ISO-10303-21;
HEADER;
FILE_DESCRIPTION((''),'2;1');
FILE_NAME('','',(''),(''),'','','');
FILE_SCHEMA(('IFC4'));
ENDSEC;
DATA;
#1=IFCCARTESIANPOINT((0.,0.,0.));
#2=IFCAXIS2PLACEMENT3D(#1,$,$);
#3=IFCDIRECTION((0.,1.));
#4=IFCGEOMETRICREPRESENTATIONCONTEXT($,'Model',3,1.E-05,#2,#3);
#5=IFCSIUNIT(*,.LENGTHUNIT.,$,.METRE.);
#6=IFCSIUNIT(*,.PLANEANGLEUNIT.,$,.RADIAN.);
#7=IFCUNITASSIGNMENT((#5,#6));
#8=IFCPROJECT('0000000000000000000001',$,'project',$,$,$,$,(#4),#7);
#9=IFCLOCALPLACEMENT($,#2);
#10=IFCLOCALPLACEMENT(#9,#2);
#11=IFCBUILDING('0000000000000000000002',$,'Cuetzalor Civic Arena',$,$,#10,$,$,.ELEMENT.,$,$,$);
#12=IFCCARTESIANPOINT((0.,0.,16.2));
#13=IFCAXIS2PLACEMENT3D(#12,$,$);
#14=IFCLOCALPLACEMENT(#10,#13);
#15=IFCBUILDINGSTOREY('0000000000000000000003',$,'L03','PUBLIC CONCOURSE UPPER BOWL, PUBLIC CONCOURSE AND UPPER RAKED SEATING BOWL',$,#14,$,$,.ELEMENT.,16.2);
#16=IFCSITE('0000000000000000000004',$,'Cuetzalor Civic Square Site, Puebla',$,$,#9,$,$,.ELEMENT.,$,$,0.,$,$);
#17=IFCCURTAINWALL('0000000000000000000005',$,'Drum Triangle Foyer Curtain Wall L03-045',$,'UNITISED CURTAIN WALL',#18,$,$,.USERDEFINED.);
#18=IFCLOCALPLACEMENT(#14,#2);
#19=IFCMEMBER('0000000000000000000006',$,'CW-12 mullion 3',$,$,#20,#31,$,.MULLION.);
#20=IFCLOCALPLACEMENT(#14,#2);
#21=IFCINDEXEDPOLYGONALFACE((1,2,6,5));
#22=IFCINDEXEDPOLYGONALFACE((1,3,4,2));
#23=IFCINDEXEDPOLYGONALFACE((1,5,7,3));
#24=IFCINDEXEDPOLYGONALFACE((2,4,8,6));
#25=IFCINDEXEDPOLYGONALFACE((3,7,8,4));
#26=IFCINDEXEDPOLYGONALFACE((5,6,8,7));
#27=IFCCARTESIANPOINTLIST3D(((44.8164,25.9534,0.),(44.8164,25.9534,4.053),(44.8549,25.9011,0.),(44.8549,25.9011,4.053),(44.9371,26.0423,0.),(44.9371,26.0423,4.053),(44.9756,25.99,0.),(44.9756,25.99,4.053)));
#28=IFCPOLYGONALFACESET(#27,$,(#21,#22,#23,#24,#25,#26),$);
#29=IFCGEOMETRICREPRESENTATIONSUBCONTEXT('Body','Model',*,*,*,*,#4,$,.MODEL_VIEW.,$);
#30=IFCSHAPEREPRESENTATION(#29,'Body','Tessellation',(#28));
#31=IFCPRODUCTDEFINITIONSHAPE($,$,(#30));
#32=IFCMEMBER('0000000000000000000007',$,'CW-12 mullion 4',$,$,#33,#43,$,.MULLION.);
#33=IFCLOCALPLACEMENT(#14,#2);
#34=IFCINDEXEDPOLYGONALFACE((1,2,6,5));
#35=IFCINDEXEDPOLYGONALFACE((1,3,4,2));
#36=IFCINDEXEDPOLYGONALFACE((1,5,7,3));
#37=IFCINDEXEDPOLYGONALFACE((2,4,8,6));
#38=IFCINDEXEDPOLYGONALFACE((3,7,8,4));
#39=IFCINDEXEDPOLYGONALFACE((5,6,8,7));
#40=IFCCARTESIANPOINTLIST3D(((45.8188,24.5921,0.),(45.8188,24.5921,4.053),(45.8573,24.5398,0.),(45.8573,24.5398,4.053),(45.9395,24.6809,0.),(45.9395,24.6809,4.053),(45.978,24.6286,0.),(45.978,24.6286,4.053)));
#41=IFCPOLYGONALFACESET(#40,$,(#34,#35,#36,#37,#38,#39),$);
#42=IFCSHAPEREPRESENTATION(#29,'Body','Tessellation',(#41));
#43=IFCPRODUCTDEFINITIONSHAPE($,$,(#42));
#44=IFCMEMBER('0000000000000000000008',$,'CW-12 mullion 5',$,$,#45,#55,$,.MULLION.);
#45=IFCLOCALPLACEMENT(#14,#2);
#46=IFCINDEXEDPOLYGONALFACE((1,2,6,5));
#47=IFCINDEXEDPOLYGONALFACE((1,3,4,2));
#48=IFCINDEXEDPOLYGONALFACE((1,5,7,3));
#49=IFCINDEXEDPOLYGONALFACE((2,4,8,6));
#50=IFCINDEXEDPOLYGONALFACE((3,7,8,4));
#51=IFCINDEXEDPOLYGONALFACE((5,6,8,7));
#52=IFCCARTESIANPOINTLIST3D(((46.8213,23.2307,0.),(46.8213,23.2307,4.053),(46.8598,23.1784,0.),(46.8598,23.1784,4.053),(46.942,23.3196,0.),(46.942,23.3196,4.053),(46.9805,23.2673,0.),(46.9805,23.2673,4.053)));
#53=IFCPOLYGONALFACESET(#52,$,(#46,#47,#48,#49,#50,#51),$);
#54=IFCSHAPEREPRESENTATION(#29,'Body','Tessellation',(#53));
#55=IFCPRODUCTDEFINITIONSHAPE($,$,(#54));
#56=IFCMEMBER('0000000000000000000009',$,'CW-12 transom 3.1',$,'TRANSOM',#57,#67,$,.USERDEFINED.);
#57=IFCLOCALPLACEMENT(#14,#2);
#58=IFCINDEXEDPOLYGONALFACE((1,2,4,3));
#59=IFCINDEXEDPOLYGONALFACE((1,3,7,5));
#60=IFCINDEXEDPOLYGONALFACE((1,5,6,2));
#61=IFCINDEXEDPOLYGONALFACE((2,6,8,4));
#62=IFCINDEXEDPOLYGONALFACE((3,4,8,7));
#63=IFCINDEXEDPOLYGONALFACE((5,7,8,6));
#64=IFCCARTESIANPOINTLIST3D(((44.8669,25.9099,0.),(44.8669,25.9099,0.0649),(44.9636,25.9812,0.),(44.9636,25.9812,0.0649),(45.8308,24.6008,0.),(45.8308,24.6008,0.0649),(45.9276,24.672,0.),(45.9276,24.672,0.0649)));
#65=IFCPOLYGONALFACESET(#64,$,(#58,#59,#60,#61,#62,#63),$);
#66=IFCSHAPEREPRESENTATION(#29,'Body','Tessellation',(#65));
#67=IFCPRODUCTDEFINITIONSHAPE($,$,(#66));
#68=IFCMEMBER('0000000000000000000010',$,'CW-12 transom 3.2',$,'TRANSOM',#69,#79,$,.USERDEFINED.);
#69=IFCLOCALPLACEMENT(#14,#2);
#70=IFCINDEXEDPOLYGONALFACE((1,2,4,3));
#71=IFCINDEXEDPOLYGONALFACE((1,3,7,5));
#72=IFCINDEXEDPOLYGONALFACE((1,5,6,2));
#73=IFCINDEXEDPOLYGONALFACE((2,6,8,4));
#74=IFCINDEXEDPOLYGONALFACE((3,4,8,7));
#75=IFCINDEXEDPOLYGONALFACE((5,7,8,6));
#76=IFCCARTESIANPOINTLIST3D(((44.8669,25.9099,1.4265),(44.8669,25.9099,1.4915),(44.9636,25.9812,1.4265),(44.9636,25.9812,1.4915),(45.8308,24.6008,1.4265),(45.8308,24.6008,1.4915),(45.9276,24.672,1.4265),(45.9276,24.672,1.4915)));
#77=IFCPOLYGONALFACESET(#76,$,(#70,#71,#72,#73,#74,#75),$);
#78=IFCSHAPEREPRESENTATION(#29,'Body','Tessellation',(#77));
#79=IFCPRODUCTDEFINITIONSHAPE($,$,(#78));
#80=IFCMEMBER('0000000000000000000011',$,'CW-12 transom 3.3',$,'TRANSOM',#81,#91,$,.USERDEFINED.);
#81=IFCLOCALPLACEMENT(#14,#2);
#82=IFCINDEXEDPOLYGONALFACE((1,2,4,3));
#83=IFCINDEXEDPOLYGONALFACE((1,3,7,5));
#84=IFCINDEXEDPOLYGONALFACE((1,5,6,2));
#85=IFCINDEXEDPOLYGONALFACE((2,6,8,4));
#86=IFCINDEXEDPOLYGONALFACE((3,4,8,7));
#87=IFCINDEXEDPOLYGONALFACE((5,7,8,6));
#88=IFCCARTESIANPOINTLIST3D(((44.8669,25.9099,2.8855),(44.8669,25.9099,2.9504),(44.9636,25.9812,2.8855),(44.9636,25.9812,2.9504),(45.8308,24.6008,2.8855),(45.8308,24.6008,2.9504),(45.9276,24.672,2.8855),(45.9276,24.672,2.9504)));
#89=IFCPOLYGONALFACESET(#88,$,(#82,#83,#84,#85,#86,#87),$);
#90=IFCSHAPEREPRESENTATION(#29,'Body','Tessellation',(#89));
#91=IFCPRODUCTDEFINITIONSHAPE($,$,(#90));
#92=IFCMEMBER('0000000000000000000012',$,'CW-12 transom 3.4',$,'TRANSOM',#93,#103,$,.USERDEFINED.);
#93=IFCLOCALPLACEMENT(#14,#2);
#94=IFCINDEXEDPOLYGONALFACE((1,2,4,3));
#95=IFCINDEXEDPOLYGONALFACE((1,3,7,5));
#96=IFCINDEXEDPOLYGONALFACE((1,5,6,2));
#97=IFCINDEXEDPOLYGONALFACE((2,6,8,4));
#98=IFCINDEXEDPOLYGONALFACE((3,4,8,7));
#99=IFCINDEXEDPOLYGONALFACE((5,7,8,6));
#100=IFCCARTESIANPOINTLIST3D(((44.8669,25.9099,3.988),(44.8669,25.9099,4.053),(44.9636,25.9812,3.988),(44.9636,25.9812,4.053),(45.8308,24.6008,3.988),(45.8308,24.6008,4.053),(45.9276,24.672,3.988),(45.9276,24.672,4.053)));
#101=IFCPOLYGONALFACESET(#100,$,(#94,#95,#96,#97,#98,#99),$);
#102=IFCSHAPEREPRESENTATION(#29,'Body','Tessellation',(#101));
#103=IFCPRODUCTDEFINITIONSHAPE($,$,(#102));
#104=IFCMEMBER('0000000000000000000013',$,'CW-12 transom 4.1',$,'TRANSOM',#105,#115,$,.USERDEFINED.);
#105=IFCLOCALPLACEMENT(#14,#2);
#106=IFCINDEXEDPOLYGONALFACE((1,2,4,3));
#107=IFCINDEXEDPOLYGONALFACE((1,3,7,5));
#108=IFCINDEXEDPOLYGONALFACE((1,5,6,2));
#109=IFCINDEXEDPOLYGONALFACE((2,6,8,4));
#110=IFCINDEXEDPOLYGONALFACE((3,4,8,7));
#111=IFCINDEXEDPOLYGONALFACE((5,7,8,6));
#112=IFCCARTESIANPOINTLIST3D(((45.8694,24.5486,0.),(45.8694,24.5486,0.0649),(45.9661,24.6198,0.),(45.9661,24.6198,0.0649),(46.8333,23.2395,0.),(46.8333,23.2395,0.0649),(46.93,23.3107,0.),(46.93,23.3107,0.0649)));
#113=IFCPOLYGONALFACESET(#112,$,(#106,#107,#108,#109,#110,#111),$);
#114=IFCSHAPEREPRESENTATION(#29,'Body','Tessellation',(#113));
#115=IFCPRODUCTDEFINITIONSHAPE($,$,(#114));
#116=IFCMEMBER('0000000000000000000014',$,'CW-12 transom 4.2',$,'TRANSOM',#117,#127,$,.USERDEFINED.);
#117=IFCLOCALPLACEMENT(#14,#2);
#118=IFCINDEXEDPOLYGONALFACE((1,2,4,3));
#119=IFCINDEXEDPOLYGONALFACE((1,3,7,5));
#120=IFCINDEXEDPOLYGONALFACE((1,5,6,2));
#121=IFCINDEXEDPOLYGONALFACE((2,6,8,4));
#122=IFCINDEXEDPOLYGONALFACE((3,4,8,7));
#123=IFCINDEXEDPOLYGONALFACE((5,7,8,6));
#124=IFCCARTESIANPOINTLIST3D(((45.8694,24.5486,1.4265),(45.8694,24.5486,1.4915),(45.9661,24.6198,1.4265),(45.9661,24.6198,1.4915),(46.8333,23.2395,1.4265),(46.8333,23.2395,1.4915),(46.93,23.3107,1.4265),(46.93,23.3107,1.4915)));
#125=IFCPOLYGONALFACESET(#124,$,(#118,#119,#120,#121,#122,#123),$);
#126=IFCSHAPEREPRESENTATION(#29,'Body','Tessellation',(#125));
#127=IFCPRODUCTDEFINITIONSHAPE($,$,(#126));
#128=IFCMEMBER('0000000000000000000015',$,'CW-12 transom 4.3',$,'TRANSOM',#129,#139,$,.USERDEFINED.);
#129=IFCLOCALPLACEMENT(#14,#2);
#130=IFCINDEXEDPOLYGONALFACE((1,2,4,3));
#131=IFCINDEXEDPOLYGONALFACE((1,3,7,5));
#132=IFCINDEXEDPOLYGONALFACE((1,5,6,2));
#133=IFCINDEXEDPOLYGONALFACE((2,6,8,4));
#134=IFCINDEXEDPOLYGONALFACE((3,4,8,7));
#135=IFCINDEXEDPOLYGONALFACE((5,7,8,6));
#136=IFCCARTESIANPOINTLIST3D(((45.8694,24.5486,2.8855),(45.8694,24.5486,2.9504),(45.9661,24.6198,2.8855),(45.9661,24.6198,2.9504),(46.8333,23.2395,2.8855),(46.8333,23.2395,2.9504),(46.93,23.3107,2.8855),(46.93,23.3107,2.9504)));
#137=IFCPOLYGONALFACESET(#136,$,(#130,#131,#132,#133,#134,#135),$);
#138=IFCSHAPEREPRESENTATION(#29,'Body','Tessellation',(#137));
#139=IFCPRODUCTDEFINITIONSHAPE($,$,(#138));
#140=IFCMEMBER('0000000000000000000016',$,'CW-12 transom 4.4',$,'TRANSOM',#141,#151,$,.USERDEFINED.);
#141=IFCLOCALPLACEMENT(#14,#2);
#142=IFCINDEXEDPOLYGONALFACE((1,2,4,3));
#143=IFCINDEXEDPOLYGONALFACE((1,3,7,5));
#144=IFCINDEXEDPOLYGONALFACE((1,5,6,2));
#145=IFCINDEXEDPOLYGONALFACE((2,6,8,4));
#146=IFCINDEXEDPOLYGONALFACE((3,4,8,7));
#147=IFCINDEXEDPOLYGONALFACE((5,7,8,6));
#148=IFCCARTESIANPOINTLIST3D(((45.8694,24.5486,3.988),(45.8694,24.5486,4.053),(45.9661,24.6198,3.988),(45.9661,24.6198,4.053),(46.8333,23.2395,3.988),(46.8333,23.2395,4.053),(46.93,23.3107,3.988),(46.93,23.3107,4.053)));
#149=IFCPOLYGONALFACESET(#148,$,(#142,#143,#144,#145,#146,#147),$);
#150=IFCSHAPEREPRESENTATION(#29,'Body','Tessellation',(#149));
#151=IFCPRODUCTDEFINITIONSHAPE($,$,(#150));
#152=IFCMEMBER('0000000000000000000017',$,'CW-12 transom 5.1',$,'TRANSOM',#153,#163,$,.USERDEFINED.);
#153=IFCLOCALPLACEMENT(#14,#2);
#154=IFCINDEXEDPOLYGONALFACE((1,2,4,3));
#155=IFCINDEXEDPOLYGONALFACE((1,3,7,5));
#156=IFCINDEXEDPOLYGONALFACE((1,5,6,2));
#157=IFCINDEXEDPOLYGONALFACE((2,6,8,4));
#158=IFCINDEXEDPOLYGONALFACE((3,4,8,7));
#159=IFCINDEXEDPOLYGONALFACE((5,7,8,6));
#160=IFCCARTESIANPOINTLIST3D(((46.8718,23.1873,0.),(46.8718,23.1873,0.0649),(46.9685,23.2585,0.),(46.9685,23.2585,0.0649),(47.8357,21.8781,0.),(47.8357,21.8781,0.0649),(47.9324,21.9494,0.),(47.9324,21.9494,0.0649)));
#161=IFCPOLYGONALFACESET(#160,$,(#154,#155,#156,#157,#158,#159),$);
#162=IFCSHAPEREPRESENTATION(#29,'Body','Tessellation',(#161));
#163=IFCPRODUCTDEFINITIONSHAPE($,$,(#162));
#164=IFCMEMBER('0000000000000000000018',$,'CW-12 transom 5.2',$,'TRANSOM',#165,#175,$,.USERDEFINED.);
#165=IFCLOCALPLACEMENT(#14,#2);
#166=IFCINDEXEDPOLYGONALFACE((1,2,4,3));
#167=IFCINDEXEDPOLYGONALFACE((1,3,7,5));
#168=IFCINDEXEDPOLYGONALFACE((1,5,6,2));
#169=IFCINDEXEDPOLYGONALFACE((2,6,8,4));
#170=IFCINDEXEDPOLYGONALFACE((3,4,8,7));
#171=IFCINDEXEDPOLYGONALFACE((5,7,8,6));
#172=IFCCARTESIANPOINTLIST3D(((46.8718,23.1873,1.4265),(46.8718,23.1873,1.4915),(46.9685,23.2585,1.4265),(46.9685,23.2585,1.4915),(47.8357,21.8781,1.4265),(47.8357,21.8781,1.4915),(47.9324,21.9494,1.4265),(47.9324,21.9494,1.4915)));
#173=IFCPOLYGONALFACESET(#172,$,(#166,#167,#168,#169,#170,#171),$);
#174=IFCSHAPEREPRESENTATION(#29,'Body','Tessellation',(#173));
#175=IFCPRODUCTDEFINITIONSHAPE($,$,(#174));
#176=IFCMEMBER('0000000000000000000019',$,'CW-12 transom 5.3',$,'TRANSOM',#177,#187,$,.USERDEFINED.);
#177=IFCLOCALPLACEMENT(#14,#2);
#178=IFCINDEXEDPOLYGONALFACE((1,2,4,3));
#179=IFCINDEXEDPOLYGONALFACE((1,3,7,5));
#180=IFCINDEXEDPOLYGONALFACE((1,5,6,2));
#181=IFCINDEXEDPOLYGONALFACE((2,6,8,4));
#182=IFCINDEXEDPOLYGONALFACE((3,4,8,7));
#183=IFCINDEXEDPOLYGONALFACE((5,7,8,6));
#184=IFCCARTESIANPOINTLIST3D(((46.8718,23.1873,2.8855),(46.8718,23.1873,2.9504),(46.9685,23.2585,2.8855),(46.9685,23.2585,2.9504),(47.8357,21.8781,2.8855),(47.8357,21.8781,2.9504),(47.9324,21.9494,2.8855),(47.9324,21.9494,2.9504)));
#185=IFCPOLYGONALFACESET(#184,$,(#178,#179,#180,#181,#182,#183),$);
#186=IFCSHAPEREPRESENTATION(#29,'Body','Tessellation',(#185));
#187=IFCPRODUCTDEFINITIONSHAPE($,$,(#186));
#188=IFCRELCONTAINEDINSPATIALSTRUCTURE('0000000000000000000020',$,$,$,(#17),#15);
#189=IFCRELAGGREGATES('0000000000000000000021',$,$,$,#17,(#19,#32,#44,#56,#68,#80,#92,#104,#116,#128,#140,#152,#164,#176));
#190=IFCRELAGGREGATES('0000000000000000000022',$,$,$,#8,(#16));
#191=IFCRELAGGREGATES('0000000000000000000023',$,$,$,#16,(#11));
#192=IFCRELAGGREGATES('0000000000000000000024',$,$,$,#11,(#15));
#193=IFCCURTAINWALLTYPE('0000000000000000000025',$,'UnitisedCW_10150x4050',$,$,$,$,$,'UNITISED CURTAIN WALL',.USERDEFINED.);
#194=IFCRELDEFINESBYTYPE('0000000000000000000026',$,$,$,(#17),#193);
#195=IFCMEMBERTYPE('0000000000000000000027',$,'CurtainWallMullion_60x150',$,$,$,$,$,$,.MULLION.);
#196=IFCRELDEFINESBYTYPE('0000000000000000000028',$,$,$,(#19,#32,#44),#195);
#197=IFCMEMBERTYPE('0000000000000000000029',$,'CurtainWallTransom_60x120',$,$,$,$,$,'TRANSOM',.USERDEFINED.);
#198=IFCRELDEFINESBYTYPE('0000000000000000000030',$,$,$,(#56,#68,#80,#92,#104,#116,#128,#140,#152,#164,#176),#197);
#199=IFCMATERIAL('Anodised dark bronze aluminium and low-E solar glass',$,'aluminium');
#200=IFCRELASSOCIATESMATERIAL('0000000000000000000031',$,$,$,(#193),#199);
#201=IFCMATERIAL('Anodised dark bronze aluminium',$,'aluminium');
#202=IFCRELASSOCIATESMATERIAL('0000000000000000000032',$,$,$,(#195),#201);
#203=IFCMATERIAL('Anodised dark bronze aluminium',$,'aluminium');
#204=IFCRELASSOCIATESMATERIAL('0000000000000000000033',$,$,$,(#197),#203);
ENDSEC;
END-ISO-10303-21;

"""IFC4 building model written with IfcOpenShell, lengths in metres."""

from ifc_helpers import new_model, si_unit, direction, frame, origin, origin_2d, place, context, subcontext, project, spatial, rectangle, extrude, material, material_profile, profile_set, type_object, element, aggregate, save


model = new_model("IFC4")

# Units and contexts
model_context = context("Model", 3, precision=1e-05, world=origin(), true_north=direction((0.0, 1.0)))
body_context = subcontext(model_context, "Body", "Model", "MODEL_VIEW")
ifc_project = project(units=[si_unit("LENGTHUNIT", "METRE"), si_unit("PLANEANGLEUNIT", "RADIAN")], contexts=[model_context])

# Site, building, storey
site_placement = place(None, origin())
site = spatial("IfcSite", under=ifc_project, at=site_placement, Name="Cuetzalor Civic Square Site, Puebla", CompositionType="ELEMENT", RefElevation=0.0)
building_placement = place(site_placement, origin())
building = spatial("IfcBuilding", under=site, at=building_placement, Name="Cuetzalor Civic Arena", CompositionType="ELEMENT")
storey_placement = place(building_placement, frame((0.0, 0.0, 16.2)))
storey = spatial("IfcBuildingStorey", under=building, at=storey_placement, Name="L03", Description="PUBLIC CONCOURSE UPPER BOWL, PUBLIC CONCOURSE AND UPPER RAKED SEATING BOWL", CompositionType="ELEMENT", Elevation=16.2)

# Curtain wall, members
ifc_material_1 = material(Name="Anodised dark bronze aluminium and low-E solar glass", Category="aluminium")
curtain_wall_type = type_object("IfcCurtainWallType", Name="UnitisedCW_10150x4050", ElementType="UNITISED CURTAIN WALL", PredefinedType="USERDEFINED", material=ifc_material_1)
curtain_wall_placement = place(storey_placement, origin())
curtain_wall = element("IfcCurtainWall", 1, at=curtain_wall_placement, inside=storey, type_object=curtain_wall_type, Name="Drum Triangle Foyer Curtain Wall L03-045", ObjectType="UNITISED CURTAIN WALL", PredefinedType="USERDEFINED")
ifc_material_2 = material(Name="Anodised dark bronze aluminium", Category="aluminium")
ifc_material_profile_1 = material_profile(ifc_material_2, rectangle(XDim=0.0649, YDim=0.1499, at=origin_2d()), Name="ALU MULLION 65x150")
ifc_profile_set_1 = profile_set([ifc_material_profile_1], Name="Anodised dark bronze aluminium")
member_type_1 = type_object("IfcMemberType", Name="CurtainWallMullion_60x150", PredefinedType="MULLION", material=ifc_profile_set_1)
member_1_placement = place(storey_placement, frame((44.896, 25.9717, 0.0), z_axis=(0.0, 0.0, 1.0), x_axis=(0.592929, -0.805255, 0.0)))
member_1 = element("IfcMember", 2, at=member_1_placement, type_object=member_type_1, Name="CW-12 mullion 3", PredefinedType="MULLION", context=body_context, shape_type="SweptSolid", body=[
    extrude(rectangle(XDim=0.0649, YDim=0.1499, at=origin_2d()), origin(), (0.0, 0.0, 1.0), 4.053),
])
member_2_placement = place(storey_placement, frame((45.8984, 24.6104, 0.0), z_axis=(0.0, 0.0, 1.0), x_axis=(0.592929, -0.805255, 0.0)))
member_2 = element("IfcMember", 3, at=member_2_placement, type_object=member_type_1, Name="CW-12 mullion 4", PredefinedType="MULLION", context=body_context, shape_type="SweptSolid", body=[
    extrude(rectangle(XDim=0.0649, YDim=0.1499, at=origin_2d()), origin(), (0.0, 0.0, 1.0), 4.053),
])
member_3_placement = place(storey_placement, frame((46.9009, 23.249, 0.0), z_axis=(0.0, 0.0, 1.0), x_axis=(0.592929, -0.805255, 0.0)))
member_3 = element("IfcMember", 4, at=member_3_placement, type_object=member_type_1, Name="CW-12 mullion 5", PredefinedType="MULLION", context=body_context, shape_type="SweptSolid", body=[
    extrude(rectangle(XDim=0.0649, YDim=0.1499, at=origin_2d()), origin(), (0.0, 0.0, 1.0), 4.053),
])
ifc_material_3 = material(Name="Anodised dark bronze aluminium", Category="aluminium")
ifc_material_profile_2 = material_profile(ifc_material_3, rectangle(XDim=0.1201, YDim=0.0649, at=origin_2d()), Name="ALU TRANSOM 65x120")
ifc_profile_set_2 = profile_set([ifc_material_profile_2], Name="Anodised dark bronze aluminium")
member_type_2 = type_object("IfcMemberType", Name="CurtainWallTransom_60x120", ElementType="TRANSOM", PredefinedType="USERDEFINED", material=ifc_profile_set_2)
member_4_placement = place(storey_placement, frame((44.9153, 25.9456, 0.0325), z_axis=(0.592912, -0.805267, 0.0), x_axis=(0.805267, 0.592912, 0.0)))
member_4 = element("IfcMember", 5, at=member_4_placement, type_object=member_type_2, Name="CW-12 transom 3.1", ObjectType="TRANSOM", PredefinedType="USERDEFINED", context=body_context, shape_type="SweptSolid", body=[
    extrude(rectangle(XDim=0.1201, YDim=0.0649, at=origin_2d()), origin(), (0.0, 0.0, 1.0), 1.6257),
])
member_5_placement = place(storey_placement, frame((44.9153, 25.9456, 1.459), z_axis=(0.592912, -0.805267, 0.0), x_axis=(0.805267, 0.592912, 0.0)))
member_5 = element("IfcMember", 6, at=member_5_placement, type_object=member_type_2, Name="CW-12 transom 3.2", ObjectType="TRANSOM", PredefinedType="USERDEFINED", context=body_context, shape_type="SweptSolid", body=[
    extrude(rectangle(XDim=0.1201, YDim=0.0649, at=origin_2d()), origin(), (0.0, 0.0, 1.0), 1.6257),
])
member_6_placement = place(storey_placement, frame((44.9153, 25.9456, 2.918), z_axis=(0.592912, -0.805267, 0.0), x_axis=(0.805267, 0.592912, 0.0)))
member_6 = element("IfcMember", 7, at=member_6_placement, type_object=member_type_2, Name="CW-12 transom 3.3", ObjectType="TRANSOM", PredefinedType="USERDEFINED", context=body_context, shape_type="SweptSolid", body=[
    extrude(rectangle(XDim=0.1201, YDim=0.0649, at=origin_2d()), origin(), (0.0, 0.0, 1.0), 1.6257),
])
member_7_placement = place(storey_placement, frame((44.9153, 25.9456, 4.0205), z_axis=(0.592912, -0.805267, 0.0), x_axis=(0.805267, 0.592912, 0.0)))
member_7 = element("IfcMember", 8, at=member_7_placement, type_object=member_type_2, Name="CW-12 transom 3.4", ObjectType="TRANSOM", PredefinedType="USERDEFINED", context=body_context, shape_type="SweptSolid", body=[
    extrude(rectangle(XDim=0.1201, YDim=0.0649, at=origin_2d()), origin(), (0.0, 0.0, 1.0), 1.6257),
])
member_8_placement = place(storey_placement, frame((45.9177, 24.5842, 0.0325), z_axis=(0.592912, -0.805267, 0.0), x_axis=(0.805267, 0.592912, 0.0)))
member_8 = element("IfcMember", 9, at=member_8_placement, type_object=member_type_2, Name="CW-12 transom 4.1", ObjectType="TRANSOM", PredefinedType="USERDEFINED", context=body_context, shape_type="SweptSolid", body=[
    extrude(rectangle(XDim=0.1201, YDim=0.0649, at=origin_2d()), origin(), (0.0, 0.0, 1.0), 1.6257),
])
member_9_placement = place(storey_placement, frame((45.9177, 24.5842, 1.459), z_axis=(0.592912, -0.805267, 0.0), x_axis=(0.805267, 0.592912, 0.0)))
member_9 = element("IfcMember", 10, at=member_9_placement, type_object=member_type_2, Name="CW-12 transom 4.2", ObjectType="TRANSOM", PredefinedType="USERDEFINED", context=body_context, shape_type="SweptSolid", body=[
    extrude(rectangle(XDim=0.1201, YDim=0.0649, at=origin_2d()), origin(), (0.0, 0.0, 1.0), 1.6257),
])
member_10_placement = place(storey_placement, frame((45.9177, 24.5842, 2.918), z_axis=(0.592912, -0.805267, 0.0), x_axis=(0.805267, 0.592912, 0.0)))
member_10 = element("IfcMember", 11, at=member_10_placement, type_object=member_type_2, Name="CW-12 transom 4.3", ObjectType="TRANSOM", PredefinedType="USERDEFINED", context=body_context, shape_type="SweptSolid", body=[
    extrude(rectangle(XDim=0.1201, YDim=0.0649, at=origin_2d()), origin(), (0.0, 0.0, 1.0), 1.6257),
])
member_11_placement = place(storey_placement, frame((45.9177, 24.5842, 4.0205), z_axis=(0.592912, -0.805267, 0.0), x_axis=(0.805267, 0.592912, 0.0)))
member_11 = element("IfcMember", 12, at=member_11_placement, type_object=member_type_2, Name="CW-12 transom 4.4", ObjectType="TRANSOM", PredefinedType="USERDEFINED", context=body_context, shape_type="SweptSolid", body=[
    extrude(rectangle(XDim=0.1201, YDim=0.0649, at=origin_2d()), origin(), (0.0, 0.0, 1.0), 1.6257),
])
member_12_placement = place(storey_placement, frame((46.9202, 23.2229, 0.0325), z_axis=(0.592912, -0.805267, 0.0), x_axis=(0.805267, 0.592912, 0.0)))
member_12 = element("IfcMember", 13, at=member_12_placement, type_object=member_type_2, Name="CW-12 transom 5.1", ObjectType="TRANSOM", PredefinedType="USERDEFINED", context=body_context, shape_type="SweptSolid", body=[
    extrude(rectangle(XDim=0.1201, YDim=0.0649, at=origin_2d()), origin(), (0.0, 0.0, 1.0), 1.6257),
])
member_13_placement = place(storey_placement, frame((46.9202, 23.2229, 1.459), z_axis=(0.592912, -0.805267, 0.0), x_axis=(0.805267, 0.592912, 0.0)))
member_13 = element("IfcMember", 14, at=member_13_placement, type_object=member_type_2, Name="CW-12 transom 5.2", ObjectType="TRANSOM", PredefinedType="USERDEFINED", context=body_context, shape_type="SweptSolid", body=[
    extrude(rectangle(XDim=0.1201, YDim=0.0649, at=origin_2d()), origin(), (0.0, 0.0, 1.0), 1.6257),
])
member_14_placement = place(storey_placement, frame((46.9202, 23.2229, 2.918), z_axis=(0.592912, -0.805267, 0.0), x_axis=(0.805267, 0.592912, 0.0)))
member_14 = element("IfcMember", 15, at=member_14_placement, type_object=member_type_2, Name="CW-12 transom 5.3", ObjectType="TRANSOM", PredefinedType="USERDEFINED", context=body_context, shape_type="SweptSolid", body=[
    extrude(rectangle(XDim=0.1201, YDim=0.0649, at=origin_2d()), origin(), (0.0, 0.0, 1.0), 1.6257),
])
aggregate(curtain_wall, [member_1, member_2, member_3, member_4, member_5, member_6, member_7, member_8, member_9, member_10, member_11, member_12, member_13, member_14])

save(model, "model.ifc")
